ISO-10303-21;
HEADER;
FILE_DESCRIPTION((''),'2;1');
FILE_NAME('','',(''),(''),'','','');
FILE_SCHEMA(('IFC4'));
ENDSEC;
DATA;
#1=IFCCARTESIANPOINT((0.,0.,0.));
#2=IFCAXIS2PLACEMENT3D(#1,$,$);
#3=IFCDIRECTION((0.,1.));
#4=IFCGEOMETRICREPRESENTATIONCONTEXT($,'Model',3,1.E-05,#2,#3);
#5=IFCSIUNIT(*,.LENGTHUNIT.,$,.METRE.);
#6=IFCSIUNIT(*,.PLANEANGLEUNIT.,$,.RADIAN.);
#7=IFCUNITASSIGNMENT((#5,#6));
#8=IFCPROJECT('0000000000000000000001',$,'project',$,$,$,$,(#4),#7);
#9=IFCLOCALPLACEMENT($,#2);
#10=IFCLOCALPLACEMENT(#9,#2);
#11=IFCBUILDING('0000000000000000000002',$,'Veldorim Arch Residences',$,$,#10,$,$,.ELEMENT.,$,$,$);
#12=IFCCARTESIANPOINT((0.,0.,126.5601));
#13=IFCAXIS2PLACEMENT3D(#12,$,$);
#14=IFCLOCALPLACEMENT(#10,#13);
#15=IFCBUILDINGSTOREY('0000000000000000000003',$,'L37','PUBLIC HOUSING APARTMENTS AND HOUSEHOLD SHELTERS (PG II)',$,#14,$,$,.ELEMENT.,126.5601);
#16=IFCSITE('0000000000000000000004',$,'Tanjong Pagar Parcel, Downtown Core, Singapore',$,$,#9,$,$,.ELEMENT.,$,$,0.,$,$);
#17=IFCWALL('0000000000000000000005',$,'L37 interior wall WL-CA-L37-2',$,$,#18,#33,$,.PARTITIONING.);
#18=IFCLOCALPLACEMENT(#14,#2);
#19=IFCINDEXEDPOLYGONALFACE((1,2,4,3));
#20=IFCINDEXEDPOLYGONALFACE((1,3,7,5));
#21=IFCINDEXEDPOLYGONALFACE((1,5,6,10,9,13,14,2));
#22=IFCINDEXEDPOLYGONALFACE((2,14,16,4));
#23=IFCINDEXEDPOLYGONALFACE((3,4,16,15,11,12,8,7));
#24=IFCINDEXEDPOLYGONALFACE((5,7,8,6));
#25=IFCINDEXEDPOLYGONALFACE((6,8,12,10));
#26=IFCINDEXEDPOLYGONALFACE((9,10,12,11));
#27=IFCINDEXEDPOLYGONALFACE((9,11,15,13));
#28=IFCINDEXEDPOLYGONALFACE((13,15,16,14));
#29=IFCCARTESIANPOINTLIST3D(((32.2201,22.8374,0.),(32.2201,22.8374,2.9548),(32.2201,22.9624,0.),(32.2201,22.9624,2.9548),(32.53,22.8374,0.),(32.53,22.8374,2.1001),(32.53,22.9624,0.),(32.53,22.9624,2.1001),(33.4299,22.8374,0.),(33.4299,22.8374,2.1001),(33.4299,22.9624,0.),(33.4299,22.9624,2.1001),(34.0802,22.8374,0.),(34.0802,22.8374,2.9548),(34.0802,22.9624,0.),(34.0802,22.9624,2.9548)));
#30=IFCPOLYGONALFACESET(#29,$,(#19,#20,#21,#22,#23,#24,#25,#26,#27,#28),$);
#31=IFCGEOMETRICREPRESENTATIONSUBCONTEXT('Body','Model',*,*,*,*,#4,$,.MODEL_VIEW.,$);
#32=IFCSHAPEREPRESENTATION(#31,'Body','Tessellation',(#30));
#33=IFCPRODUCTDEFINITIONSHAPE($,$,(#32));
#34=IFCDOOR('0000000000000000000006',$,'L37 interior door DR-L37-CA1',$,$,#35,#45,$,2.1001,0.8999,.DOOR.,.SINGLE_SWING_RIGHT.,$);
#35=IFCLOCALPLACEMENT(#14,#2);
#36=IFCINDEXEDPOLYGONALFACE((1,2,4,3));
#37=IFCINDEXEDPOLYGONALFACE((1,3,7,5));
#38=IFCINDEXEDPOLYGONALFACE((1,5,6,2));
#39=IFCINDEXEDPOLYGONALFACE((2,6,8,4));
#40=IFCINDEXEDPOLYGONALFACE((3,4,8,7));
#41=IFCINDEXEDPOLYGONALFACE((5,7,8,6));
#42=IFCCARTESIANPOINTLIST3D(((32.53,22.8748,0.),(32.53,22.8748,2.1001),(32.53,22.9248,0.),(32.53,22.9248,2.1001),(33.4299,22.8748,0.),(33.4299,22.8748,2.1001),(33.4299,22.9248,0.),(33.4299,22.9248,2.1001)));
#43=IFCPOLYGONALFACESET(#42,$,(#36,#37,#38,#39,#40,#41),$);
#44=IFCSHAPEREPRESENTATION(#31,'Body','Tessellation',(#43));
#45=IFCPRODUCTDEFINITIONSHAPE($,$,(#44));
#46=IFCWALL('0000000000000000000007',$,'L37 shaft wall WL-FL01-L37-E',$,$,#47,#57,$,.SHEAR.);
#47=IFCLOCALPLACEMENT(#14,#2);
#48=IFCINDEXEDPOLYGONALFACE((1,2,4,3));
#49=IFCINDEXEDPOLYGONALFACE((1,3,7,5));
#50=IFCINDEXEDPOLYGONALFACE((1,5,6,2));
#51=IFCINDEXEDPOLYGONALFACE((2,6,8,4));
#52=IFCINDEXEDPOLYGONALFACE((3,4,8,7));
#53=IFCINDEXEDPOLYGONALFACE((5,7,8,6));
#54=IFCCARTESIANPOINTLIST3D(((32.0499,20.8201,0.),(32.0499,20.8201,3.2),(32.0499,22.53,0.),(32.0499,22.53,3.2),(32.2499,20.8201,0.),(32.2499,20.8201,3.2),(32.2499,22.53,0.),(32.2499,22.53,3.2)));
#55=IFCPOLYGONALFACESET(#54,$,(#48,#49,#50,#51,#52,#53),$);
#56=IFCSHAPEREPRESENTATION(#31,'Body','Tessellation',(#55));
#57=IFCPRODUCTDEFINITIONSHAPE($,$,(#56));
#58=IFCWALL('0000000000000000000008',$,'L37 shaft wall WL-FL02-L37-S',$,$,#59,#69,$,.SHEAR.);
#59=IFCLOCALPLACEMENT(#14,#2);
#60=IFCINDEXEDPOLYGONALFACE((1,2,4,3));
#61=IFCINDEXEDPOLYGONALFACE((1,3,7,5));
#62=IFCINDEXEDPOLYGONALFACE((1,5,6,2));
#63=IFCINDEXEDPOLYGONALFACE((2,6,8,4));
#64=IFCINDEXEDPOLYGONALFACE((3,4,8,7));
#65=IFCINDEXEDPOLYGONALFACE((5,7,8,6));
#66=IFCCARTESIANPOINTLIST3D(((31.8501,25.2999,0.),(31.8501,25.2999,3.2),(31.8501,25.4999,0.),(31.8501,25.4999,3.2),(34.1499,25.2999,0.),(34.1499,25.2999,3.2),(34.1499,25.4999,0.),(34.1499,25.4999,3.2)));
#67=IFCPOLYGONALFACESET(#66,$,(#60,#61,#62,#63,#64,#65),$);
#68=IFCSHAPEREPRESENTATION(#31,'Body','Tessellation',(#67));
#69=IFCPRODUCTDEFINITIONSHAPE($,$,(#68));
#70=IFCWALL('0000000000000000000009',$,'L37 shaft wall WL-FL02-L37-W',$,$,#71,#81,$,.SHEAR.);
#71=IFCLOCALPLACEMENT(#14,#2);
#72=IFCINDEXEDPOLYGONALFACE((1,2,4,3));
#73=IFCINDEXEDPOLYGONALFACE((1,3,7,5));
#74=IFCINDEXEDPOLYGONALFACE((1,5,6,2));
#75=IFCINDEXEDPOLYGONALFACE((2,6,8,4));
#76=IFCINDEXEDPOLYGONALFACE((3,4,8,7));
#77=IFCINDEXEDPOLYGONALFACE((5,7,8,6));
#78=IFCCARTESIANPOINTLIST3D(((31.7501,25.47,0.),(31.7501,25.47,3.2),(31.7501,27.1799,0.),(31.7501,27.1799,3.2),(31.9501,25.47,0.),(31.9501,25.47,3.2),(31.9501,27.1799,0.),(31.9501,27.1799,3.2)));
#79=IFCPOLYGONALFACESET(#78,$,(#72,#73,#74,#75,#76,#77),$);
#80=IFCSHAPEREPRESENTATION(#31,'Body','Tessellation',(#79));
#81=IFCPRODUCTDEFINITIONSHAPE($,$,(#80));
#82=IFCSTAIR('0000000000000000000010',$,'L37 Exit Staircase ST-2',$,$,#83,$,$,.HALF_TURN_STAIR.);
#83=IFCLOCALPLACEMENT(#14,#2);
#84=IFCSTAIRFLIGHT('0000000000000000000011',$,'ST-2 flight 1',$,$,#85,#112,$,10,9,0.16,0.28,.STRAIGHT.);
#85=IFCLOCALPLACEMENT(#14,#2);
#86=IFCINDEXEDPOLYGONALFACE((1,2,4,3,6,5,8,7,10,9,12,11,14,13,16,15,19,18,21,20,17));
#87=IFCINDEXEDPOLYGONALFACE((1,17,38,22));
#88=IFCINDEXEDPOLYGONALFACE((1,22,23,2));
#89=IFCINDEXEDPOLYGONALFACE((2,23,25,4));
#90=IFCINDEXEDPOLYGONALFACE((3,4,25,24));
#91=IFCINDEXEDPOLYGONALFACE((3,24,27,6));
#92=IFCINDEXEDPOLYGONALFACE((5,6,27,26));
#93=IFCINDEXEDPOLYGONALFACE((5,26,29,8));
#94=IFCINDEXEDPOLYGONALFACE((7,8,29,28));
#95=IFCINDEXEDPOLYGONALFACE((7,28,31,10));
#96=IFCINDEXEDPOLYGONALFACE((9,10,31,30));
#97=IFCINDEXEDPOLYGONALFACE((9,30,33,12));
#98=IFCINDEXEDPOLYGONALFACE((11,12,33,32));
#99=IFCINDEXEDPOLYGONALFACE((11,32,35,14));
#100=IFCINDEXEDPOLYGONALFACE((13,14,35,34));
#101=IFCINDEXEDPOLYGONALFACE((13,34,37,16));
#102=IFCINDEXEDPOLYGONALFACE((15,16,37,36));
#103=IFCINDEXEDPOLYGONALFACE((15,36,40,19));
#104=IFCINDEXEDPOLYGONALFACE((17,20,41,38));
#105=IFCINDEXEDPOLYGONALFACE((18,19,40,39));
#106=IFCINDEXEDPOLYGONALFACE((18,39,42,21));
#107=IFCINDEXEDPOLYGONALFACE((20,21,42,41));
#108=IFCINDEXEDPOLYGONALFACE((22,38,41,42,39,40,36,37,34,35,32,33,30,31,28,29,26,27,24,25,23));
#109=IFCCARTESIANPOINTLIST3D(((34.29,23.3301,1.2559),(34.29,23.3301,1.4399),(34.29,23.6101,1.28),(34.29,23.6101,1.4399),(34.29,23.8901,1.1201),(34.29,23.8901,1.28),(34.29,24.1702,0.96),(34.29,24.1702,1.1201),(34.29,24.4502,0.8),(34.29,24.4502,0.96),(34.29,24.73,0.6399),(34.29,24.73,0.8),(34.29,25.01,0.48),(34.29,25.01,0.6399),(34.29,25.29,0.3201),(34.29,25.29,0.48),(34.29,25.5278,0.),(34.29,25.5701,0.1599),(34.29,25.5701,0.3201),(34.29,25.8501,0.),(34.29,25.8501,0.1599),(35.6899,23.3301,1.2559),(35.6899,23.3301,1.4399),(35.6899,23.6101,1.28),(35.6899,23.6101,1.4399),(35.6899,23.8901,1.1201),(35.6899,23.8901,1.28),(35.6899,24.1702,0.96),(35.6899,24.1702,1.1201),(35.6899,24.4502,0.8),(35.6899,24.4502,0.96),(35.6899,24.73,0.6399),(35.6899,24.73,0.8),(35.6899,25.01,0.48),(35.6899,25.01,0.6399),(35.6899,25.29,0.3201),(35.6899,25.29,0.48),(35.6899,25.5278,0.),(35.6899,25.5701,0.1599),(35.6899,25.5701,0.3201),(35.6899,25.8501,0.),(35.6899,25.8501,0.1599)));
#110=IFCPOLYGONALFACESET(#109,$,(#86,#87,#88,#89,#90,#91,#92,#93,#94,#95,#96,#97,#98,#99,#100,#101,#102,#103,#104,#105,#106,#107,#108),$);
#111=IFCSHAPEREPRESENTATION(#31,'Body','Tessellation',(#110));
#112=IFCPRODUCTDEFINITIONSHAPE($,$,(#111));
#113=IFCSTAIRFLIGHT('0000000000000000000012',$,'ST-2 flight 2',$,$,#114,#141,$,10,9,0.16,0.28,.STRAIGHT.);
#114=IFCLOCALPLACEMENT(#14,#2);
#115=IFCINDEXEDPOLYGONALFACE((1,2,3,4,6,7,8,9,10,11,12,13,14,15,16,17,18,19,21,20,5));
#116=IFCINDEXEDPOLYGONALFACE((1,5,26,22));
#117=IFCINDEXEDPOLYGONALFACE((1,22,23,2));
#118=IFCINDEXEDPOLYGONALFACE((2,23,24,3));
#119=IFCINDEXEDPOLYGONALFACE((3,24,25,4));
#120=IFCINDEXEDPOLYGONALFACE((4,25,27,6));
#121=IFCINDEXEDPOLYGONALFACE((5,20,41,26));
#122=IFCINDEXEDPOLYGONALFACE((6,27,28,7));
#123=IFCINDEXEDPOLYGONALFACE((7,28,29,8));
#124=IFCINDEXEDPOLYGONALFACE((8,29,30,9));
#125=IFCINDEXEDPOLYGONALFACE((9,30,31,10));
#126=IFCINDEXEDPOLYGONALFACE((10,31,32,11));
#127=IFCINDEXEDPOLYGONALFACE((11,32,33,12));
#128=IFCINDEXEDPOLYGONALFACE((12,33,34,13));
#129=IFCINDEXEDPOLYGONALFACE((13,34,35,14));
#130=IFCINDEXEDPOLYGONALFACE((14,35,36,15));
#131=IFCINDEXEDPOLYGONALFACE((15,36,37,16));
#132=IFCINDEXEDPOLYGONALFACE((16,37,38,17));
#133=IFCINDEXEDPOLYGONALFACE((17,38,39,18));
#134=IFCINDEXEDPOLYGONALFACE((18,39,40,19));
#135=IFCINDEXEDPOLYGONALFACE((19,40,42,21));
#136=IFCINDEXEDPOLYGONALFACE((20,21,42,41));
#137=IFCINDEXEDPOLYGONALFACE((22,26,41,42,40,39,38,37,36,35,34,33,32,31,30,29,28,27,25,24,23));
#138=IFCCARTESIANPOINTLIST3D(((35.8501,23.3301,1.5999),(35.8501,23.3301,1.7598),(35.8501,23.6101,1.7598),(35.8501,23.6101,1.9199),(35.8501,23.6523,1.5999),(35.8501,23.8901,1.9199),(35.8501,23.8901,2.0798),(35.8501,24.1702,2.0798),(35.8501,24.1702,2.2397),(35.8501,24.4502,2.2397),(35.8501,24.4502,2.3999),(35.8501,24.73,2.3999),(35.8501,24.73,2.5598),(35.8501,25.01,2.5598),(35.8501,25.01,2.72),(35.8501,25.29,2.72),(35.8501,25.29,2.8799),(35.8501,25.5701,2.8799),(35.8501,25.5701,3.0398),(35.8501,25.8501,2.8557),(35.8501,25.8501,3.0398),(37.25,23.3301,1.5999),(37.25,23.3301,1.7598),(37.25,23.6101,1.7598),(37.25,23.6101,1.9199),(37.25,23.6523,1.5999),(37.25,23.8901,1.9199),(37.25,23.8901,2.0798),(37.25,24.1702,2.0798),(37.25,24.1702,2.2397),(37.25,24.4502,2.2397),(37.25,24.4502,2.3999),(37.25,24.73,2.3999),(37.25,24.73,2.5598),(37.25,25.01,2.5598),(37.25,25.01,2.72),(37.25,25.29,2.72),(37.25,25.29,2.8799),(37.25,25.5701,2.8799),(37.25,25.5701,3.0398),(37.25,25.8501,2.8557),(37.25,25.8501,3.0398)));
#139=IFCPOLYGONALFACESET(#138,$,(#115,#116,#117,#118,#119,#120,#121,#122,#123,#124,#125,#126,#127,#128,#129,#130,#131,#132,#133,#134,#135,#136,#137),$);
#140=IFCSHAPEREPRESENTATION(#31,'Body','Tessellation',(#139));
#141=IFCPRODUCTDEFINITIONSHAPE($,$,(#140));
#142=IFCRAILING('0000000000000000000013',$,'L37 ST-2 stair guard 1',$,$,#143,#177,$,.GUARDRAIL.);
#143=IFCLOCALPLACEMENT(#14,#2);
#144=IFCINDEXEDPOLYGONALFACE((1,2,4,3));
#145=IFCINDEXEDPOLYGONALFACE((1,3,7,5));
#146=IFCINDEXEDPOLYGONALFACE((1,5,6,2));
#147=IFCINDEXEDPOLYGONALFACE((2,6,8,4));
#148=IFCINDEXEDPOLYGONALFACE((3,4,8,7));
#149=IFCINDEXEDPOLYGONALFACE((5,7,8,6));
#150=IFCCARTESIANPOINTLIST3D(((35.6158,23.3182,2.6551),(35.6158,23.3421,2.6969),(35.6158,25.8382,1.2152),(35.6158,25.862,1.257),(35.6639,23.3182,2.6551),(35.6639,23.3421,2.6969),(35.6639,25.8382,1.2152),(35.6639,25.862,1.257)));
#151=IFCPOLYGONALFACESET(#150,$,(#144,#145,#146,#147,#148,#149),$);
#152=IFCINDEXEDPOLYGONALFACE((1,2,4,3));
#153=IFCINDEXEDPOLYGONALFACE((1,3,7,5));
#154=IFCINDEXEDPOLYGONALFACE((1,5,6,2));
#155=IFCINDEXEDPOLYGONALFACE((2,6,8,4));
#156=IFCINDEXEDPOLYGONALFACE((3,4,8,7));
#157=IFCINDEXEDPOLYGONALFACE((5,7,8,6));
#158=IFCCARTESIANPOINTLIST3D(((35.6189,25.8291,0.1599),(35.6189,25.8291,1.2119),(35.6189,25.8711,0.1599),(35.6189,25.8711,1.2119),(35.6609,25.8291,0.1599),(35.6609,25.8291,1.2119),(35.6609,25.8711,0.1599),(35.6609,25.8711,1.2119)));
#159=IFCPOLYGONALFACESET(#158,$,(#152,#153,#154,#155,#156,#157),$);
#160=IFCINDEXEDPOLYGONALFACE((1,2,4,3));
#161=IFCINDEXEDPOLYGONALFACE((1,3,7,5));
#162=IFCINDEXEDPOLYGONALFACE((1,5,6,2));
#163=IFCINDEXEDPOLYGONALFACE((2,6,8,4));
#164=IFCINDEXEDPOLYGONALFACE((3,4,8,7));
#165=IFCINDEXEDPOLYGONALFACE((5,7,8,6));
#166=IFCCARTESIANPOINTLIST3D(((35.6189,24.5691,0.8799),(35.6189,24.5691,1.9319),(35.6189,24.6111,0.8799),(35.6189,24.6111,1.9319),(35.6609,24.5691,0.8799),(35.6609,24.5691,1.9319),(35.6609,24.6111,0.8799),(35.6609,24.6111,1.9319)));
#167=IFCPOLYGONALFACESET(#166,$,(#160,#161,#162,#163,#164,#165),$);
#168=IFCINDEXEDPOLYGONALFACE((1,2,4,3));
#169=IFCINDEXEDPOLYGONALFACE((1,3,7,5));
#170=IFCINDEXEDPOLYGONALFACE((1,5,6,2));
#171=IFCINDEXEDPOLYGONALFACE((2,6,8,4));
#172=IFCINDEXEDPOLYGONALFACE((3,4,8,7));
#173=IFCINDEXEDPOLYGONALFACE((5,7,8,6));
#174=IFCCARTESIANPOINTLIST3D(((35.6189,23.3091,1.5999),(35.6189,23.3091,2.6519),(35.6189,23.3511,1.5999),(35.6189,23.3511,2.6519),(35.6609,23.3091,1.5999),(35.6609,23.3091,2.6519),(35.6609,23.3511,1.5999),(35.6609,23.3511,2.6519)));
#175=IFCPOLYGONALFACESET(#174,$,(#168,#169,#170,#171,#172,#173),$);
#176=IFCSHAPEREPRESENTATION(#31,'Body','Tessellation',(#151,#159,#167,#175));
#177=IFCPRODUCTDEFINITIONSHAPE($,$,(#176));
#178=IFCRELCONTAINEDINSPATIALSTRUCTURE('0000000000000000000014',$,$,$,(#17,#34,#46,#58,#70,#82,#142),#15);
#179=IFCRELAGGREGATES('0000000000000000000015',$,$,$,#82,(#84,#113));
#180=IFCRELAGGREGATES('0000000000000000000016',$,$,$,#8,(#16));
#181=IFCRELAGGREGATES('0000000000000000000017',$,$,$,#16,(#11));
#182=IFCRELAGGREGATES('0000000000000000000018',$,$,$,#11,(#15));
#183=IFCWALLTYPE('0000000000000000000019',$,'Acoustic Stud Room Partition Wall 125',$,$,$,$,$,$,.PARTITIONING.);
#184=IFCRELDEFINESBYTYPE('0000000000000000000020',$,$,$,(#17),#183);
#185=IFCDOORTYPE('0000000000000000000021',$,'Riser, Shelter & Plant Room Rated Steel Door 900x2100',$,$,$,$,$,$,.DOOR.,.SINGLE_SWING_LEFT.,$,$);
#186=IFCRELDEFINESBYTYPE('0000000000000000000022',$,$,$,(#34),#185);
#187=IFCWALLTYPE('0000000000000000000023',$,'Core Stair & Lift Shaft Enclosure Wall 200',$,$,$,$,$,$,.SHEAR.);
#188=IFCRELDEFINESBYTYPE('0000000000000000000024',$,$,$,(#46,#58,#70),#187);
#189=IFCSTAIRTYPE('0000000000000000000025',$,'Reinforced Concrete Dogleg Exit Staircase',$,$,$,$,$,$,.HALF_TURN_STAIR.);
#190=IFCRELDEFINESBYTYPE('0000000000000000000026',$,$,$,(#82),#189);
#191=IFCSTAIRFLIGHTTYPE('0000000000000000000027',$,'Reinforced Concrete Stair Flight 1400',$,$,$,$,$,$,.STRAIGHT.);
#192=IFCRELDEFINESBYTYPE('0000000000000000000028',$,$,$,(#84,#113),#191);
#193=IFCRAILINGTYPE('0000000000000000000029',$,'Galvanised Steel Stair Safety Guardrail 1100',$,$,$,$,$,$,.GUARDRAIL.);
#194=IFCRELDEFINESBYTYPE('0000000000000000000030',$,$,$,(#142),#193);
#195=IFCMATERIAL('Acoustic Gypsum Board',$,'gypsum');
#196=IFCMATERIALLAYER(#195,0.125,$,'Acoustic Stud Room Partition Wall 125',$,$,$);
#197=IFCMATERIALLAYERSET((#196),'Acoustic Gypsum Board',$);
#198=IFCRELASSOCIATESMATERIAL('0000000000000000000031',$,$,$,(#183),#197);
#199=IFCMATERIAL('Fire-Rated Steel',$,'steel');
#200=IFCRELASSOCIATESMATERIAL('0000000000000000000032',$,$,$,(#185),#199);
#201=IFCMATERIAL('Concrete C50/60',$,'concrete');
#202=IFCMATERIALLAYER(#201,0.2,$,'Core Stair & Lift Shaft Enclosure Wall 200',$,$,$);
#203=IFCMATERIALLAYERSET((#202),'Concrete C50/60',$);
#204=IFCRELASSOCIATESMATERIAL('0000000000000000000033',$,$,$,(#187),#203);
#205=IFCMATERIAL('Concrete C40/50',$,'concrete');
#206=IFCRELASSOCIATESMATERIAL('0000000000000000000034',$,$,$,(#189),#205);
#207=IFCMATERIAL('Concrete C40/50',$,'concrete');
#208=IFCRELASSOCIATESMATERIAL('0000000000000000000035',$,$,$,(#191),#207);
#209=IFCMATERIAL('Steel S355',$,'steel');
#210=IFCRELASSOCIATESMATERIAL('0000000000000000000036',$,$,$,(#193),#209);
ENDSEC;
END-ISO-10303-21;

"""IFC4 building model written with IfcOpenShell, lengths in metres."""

from ifc_helpers import new_model, si_unit, direction, frame, frame_2d, origin, origin_2d, place, context, subcontext, project, spatial, polyline, rectangle, outline, extrude, material, layer, layer_set, type_object, element, fill, aggregate, save


model = new_model("IFC4")

# Units and contexts
model_context = context("Model", 3, precision=1e-05, world=origin(), true_north=direction((0.0, 1.0)))
body_context = subcontext(model_context, "Body", "Model", "MODEL_VIEW")
ifc_project = project(units=[si_unit("LENGTHUNIT", "METRE"), si_unit("PLANEANGLEUNIT", "RADIAN")], contexts=[model_context])

# Site, building, storey
site_placement = place(None, origin())
site = spatial("IfcSite", under=ifc_project, at=site_placement, Name="Tanjong Pagar Parcel, Downtown Core, Singapore", CompositionType="ELEMENT", RefElevation=0.0)
building_placement = place(site_placement, origin())
building = spatial("IfcBuilding", under=site, at=building_placement, Name="Veldorim Arch Residences", CompositionType="ELEMENT")
storey_placement = place(building_placement, frame((0.0, 0.0, 126.5601)))
storey = spatial("IfcBuildingStorey", under=building, at=storey_placement, Name="L37", Description="PUBLIC HOUSING APARTMENTS AND HOUSEHOLD SHELTERS (PG II)", CompositionType="ELEMENT", Elevation=126.5601)

# Wall, opening, door
ifc_material_1 = material(Name="Acoustic Gypsum Board", Category="gypsum")
ifc_layer_1 = layer(ifc_material_1, 0.125, Name="Acoustic Stud Room Partition Wall 125")
ifc_layer_set_1 = layer_set([ifc_layer_1], Name="Acoustic Gypsum Board")
wall_type_1 = type_object("IfcWallType", Name="Acoustic Stud Room Partition Wall 125", PredefinedType="PARTITIONING", material=ifc_layer_set_1)
wall_1_placement = place(storey_placement, frame((32.22, 22.8999, 0.0), z_axis=(0.0, 0.0, 1.0), x_axis=(1.0, 0.0, 0.0)))
wall_1 = element("IfcWall", 1, at=wall_1_placement, inside=storey, type_object=wall_type_1, Name="L37 interior wall WL-CA-L37-2", PredefinedType="PARTITIONING", context=body_context, shape_type="SweptSolid", body=[
    extrude(rectangle(XDim=1.8601, YDim=0.125, at=frame_2d((0.9302, 0.0))), origin(), (0.0, 0.0, 1.0), 2.9548),
])
opening_placement = place(wall_1_placement, frame((0.3101, 0.0, 0.0)))
opening = element("IfcOpeningElement", 2, at=opening_placement, cuts=wall_1, PredefinedType="OPENING", context=body_context, shape_type="SweptSolid", body=[
    extrude(rectangle(XDim=0.8999, YDim=2.1001, at=frame_2d((0.45, 1.05))), frame((0.0, 0.0725, 0.0), z_axis=(0.0, -1.0, 0.0), x_axis=(1.0, 0.0, 0.0)), (0.0, 0.0, 1.0), 0.145),
])
ifc_material_2 = material(Name="Fire-Rated Steel", Category="steel")
door_type = type_object("IfcDoorType", Name="Riser, Shelter & Plant Room Rated Steel Door 900x2100", OperationType="SINGLE_SWING_LEFT", PredefinedType="DOOR", material=ifc_material_2)
door_placement = place(opening_placement, origin())
door = element("IfcDoor", 3, at=door_placement, inside=storey, type_object=door_type, Name="L37 interior door DR-L37-CA1", OperationType="SINGLE_SWING_RIGHT", OverallHeight=2.1001, OverallWidth=0.8999, PredefinedType="DOOR", context=body_context, shape_type="SweptSolid", body=[
    extrude(rectangle(XDim=0.8999, YDim=2.1001, at=frame_2d((0.45, 1.05))), frame((0.0, 0.0249, 0.0), z_axis=(0.0, -1.0, 0.0), x_axis=(1.0, 0.0, 0.0)), (0.0, 0.0, 1.0), 0.05),
])
fill(opening, door)

# Walls
ifc_material_3 = material(Name="Concrete C50/60", Category="concrete")
ifc_layer_2 = layer(ifc_material_3, 0.2, Name="Core Stair & Lift Shaft Enclosure Wall 200")
ifc_layer_set_2 = layer_set([ifc_layer_2], Name="Concrete C50/60")
wall_type_2 = type_object("IfcWallType", Name="Core Stair & Lift Shaft Enclosure Wall 200", PredefinedType="SHEAR", material=ifc_layer_set_2)
wall_2_placement = place(storey_placement, frame((32.1499, 20.8201, 0.0), z_axis=(0.0, 0.0, 1.0), x_axis=(0.0, 1.0, 0.0)))
element("IfcWall", 4, at=wall_2_placement, inside=storey, type_object=wall_type_2, Name="L37 shaft wall WL-FL01-L37-E", PredefinedType="SHEAR", context=body_context, shape_type="SweptSolid", body=[
    extrude(rectangle(XDim=1.71, YDim=0.2, at=frame_2d((0.855, 0.0))), origin(), (0.0, 0.0, 1.0), 3.2),
])
wall_3_placement = place(storey_placement, frame((31.8501, 25.3999, 0.0), z_axis=(0.0, 0.0, 1.0), x_axis=(1.0, 0.0, 0.0)))
element("IfcWall", 5, at=wall_3_placement, inside=storey, type_object=wall_type_2, Name="L37 shaft wall WL-FL02-L37-S", PredefinedType="SHEAR", context=body_context, shape_type="SweptSolid", body=[
    extrude(rectangle(XDim=2.2998, YDim=0.2, at=frame_2d((1.1499, 0.0))), origin(), (0.0, 0.0, 1.0), 3.2),
])
wall_4_placement = place(storey_placement, frame((31.8501, 25.47, 0.0), z_axis=(0.0, 0.0, 1.0), x_axis=(0.0, 1.0, 0.0)))
element("IfcWall", 6, at=wall_4_placement, inside=storey, type_object=wall_type_2, Name="L37 shaft wall WL-FL02-L37-W", PredefinedType="SHEAR", context=body_context, shape_type="SweptSolid", body=[
    extrude(rectangle(XDim=1.71, YDim=0.2, at=frame_2d((0.855, 0.0))), origin(), (0.0, 0.0, 1.0), 3.2),
])

# Stair, stair flights
ifc_material_4 = material(Name="Concrete C40/50", Category="concrete")
stair_type = type_object("IfcStairType", Name="Reinforced Concrete Dogleg Exit Staircase", PredefinedType="HALF_TURN_STAIR", material=ifc_material_4)
stair_placement = place(storey_placement, origin())
stair = element("IfcStair", 7, at=stair_placement, inside=storey, type_object=stair_type, Name="L37 Exit Staircase ST-2", PredefinedType="HALF_TURN_STAIR")
ifc_material_5 = material(Name="Concrete C40/50", Category="concrete")
stair_flight_type = type_object("IfcStairFlightType", Name="Reinforced Concrete Stair Flight 1400", PredefinedType="STRAIGHT", material=ifc_material_5)
stair_flight_1_placement = place(storey_placement, frame((34.99, 25.8501, 0.0), z_axis=(0.0, 0.0, 1.0), x_axis=(0.0, -1.0, 0.0)))
stair_flight_1 = element("IfcStairFlight", 8, at=stair_flight_1_placement, type_object=stair_flight_type, Name="ST-2 flight 1", NumberOfRisers=10, NumberOfTreads=9, PredefinedType="STRAIGHT", RiserHeight=0.16, TreadLength=0.28, context=body_context, shape_type="SweptSolid", body=[
    extrude(outline(polyline([(0.0, 0.0), (0.0, 0.1599), (0.28, 0.1599), (0.28, 0.3201), (0.5601, 0.3201), (0.5601, 0.48), (0.8401, 0.48), (0.8401, 0.6399), (1.1201, 0.6399), (1.1201, 0.8), (1.3999, 0.8), (1.3999, 0.96), (1.6799, 0.96), (1.6799, 1.1201), (1.96, 1.1201), (1.96, 1.28), (2.24, 1.28), (2.24, 1.4399), (2.52, 1.4399), (2.52, 1.6001), (2.52, 1.2559), (0.3223, 0.0), (0.0, 0.0)])), frame((0.0, 0.7, 0.0), z_axis=(0.0, -1.0, 0.0), x_axis=(1.0, 0.0, 0.0)), (0.0, 0.0, 1.0), 1.3999),
])
stair_flight_2_placement = place(storey_placement, frame((36.55, 23.3301, 1.5999), z_axis=(0.0, 0.0, 1.0), x_axis=(0.0, 1.0, 0.0)))
stair_flight_2 = element("IfcStairFlight", 9, at=stair_flight_2_placement, type_object=stair_flight_type, Name="ST-2 flight 2", NumberOfRisers=10, NumberOfTreads=9, PredefinedType="STRAIGHT", RiserHeight=0.16, TreadLength=0.28, context=body_context, shape_type="SweptSolid", body=[
    extrude(outline(polyline([(0.0, 0.0), (0.0, 0.1599), (0.28, 0.1599), (0.28, 0.3201), (0.5601, 0.3201), (0.5601, 0.48), (0.8401, 0.48), (0.8401, 0.6399), (1.1201, 0.6399), (1.1201, 0.8), (1.3999, 0.8), (1.3999, 0.96), (1.6799, 0.96), (1.6799, 1.1201), (1.96, 1.1201), (1.96, 1.28), (2.24, 1.28), (2.24, 1.4399), (2.52, 1.4399), (2.52, 1.6001), (2.52, 1.2559), (0.3223, 0.0), (0.0, 0.0)])), frame((0.0, 0.7, 0.0), z_axis=(0.0, -1.0, 0.0), x_axis=(1.0, 0.0, 0.0)), (0.0, 0.0, 1.0), 1.3999),
])
aggregate(stair, [stair_flight_1, stair_flight_2])

# Railing
ifc_material_6 = material(Name="Steel S355", Category="steel")
railing_type_1 = type_object("IfcRailingType", Name="Galvanised Steel Stair Safety Guardrail 1100", PredefinedType="GUARDRAIL", material=ifc_material_6)
railing_1_placement = place(storey_placement, frame((35.6399, 25.8501, 0.1599)))
element("IfcRailing", 10, at=railing_1_placement, inside=storey, type_object=railing_type_1, Name="L37 ST-2 stair guard 1", PredefinedType="GUARDRAIL", context=body_context, shape_type="SweptSolid", body=[
    extrude(rectangle(XDim=0.0481, YDim=0.0481, at=origin_2d()), frame((0.0, 0.0, 1.0762), z_axis=(0.0, -0.868253, 0.496121), x_axis=(1.0, 0.0, 0.0)), (0.0, 0.0, 1.0), 2.9023),
    extrude(rectangle(XDim=0.042, YDim=0.042, at=origin_2d()), origin(), (0.0, 0.0, 1.0), 1.052),
    extrude(rectangle(XDim=0.042, YDim=0.042, at=origin_2d()), frame((0.0, -1.26, 0.72)), (0.0, 0.0, 1.0), 1.052),
    extrude(rectangle(XDim=0.042, YDim=0.042, at=origin_2d()), frame((0.0, -2.52, 1.4399)), (0.0, 0.0, 1.0), 1.052),
])

save(model, "model.ifc")
